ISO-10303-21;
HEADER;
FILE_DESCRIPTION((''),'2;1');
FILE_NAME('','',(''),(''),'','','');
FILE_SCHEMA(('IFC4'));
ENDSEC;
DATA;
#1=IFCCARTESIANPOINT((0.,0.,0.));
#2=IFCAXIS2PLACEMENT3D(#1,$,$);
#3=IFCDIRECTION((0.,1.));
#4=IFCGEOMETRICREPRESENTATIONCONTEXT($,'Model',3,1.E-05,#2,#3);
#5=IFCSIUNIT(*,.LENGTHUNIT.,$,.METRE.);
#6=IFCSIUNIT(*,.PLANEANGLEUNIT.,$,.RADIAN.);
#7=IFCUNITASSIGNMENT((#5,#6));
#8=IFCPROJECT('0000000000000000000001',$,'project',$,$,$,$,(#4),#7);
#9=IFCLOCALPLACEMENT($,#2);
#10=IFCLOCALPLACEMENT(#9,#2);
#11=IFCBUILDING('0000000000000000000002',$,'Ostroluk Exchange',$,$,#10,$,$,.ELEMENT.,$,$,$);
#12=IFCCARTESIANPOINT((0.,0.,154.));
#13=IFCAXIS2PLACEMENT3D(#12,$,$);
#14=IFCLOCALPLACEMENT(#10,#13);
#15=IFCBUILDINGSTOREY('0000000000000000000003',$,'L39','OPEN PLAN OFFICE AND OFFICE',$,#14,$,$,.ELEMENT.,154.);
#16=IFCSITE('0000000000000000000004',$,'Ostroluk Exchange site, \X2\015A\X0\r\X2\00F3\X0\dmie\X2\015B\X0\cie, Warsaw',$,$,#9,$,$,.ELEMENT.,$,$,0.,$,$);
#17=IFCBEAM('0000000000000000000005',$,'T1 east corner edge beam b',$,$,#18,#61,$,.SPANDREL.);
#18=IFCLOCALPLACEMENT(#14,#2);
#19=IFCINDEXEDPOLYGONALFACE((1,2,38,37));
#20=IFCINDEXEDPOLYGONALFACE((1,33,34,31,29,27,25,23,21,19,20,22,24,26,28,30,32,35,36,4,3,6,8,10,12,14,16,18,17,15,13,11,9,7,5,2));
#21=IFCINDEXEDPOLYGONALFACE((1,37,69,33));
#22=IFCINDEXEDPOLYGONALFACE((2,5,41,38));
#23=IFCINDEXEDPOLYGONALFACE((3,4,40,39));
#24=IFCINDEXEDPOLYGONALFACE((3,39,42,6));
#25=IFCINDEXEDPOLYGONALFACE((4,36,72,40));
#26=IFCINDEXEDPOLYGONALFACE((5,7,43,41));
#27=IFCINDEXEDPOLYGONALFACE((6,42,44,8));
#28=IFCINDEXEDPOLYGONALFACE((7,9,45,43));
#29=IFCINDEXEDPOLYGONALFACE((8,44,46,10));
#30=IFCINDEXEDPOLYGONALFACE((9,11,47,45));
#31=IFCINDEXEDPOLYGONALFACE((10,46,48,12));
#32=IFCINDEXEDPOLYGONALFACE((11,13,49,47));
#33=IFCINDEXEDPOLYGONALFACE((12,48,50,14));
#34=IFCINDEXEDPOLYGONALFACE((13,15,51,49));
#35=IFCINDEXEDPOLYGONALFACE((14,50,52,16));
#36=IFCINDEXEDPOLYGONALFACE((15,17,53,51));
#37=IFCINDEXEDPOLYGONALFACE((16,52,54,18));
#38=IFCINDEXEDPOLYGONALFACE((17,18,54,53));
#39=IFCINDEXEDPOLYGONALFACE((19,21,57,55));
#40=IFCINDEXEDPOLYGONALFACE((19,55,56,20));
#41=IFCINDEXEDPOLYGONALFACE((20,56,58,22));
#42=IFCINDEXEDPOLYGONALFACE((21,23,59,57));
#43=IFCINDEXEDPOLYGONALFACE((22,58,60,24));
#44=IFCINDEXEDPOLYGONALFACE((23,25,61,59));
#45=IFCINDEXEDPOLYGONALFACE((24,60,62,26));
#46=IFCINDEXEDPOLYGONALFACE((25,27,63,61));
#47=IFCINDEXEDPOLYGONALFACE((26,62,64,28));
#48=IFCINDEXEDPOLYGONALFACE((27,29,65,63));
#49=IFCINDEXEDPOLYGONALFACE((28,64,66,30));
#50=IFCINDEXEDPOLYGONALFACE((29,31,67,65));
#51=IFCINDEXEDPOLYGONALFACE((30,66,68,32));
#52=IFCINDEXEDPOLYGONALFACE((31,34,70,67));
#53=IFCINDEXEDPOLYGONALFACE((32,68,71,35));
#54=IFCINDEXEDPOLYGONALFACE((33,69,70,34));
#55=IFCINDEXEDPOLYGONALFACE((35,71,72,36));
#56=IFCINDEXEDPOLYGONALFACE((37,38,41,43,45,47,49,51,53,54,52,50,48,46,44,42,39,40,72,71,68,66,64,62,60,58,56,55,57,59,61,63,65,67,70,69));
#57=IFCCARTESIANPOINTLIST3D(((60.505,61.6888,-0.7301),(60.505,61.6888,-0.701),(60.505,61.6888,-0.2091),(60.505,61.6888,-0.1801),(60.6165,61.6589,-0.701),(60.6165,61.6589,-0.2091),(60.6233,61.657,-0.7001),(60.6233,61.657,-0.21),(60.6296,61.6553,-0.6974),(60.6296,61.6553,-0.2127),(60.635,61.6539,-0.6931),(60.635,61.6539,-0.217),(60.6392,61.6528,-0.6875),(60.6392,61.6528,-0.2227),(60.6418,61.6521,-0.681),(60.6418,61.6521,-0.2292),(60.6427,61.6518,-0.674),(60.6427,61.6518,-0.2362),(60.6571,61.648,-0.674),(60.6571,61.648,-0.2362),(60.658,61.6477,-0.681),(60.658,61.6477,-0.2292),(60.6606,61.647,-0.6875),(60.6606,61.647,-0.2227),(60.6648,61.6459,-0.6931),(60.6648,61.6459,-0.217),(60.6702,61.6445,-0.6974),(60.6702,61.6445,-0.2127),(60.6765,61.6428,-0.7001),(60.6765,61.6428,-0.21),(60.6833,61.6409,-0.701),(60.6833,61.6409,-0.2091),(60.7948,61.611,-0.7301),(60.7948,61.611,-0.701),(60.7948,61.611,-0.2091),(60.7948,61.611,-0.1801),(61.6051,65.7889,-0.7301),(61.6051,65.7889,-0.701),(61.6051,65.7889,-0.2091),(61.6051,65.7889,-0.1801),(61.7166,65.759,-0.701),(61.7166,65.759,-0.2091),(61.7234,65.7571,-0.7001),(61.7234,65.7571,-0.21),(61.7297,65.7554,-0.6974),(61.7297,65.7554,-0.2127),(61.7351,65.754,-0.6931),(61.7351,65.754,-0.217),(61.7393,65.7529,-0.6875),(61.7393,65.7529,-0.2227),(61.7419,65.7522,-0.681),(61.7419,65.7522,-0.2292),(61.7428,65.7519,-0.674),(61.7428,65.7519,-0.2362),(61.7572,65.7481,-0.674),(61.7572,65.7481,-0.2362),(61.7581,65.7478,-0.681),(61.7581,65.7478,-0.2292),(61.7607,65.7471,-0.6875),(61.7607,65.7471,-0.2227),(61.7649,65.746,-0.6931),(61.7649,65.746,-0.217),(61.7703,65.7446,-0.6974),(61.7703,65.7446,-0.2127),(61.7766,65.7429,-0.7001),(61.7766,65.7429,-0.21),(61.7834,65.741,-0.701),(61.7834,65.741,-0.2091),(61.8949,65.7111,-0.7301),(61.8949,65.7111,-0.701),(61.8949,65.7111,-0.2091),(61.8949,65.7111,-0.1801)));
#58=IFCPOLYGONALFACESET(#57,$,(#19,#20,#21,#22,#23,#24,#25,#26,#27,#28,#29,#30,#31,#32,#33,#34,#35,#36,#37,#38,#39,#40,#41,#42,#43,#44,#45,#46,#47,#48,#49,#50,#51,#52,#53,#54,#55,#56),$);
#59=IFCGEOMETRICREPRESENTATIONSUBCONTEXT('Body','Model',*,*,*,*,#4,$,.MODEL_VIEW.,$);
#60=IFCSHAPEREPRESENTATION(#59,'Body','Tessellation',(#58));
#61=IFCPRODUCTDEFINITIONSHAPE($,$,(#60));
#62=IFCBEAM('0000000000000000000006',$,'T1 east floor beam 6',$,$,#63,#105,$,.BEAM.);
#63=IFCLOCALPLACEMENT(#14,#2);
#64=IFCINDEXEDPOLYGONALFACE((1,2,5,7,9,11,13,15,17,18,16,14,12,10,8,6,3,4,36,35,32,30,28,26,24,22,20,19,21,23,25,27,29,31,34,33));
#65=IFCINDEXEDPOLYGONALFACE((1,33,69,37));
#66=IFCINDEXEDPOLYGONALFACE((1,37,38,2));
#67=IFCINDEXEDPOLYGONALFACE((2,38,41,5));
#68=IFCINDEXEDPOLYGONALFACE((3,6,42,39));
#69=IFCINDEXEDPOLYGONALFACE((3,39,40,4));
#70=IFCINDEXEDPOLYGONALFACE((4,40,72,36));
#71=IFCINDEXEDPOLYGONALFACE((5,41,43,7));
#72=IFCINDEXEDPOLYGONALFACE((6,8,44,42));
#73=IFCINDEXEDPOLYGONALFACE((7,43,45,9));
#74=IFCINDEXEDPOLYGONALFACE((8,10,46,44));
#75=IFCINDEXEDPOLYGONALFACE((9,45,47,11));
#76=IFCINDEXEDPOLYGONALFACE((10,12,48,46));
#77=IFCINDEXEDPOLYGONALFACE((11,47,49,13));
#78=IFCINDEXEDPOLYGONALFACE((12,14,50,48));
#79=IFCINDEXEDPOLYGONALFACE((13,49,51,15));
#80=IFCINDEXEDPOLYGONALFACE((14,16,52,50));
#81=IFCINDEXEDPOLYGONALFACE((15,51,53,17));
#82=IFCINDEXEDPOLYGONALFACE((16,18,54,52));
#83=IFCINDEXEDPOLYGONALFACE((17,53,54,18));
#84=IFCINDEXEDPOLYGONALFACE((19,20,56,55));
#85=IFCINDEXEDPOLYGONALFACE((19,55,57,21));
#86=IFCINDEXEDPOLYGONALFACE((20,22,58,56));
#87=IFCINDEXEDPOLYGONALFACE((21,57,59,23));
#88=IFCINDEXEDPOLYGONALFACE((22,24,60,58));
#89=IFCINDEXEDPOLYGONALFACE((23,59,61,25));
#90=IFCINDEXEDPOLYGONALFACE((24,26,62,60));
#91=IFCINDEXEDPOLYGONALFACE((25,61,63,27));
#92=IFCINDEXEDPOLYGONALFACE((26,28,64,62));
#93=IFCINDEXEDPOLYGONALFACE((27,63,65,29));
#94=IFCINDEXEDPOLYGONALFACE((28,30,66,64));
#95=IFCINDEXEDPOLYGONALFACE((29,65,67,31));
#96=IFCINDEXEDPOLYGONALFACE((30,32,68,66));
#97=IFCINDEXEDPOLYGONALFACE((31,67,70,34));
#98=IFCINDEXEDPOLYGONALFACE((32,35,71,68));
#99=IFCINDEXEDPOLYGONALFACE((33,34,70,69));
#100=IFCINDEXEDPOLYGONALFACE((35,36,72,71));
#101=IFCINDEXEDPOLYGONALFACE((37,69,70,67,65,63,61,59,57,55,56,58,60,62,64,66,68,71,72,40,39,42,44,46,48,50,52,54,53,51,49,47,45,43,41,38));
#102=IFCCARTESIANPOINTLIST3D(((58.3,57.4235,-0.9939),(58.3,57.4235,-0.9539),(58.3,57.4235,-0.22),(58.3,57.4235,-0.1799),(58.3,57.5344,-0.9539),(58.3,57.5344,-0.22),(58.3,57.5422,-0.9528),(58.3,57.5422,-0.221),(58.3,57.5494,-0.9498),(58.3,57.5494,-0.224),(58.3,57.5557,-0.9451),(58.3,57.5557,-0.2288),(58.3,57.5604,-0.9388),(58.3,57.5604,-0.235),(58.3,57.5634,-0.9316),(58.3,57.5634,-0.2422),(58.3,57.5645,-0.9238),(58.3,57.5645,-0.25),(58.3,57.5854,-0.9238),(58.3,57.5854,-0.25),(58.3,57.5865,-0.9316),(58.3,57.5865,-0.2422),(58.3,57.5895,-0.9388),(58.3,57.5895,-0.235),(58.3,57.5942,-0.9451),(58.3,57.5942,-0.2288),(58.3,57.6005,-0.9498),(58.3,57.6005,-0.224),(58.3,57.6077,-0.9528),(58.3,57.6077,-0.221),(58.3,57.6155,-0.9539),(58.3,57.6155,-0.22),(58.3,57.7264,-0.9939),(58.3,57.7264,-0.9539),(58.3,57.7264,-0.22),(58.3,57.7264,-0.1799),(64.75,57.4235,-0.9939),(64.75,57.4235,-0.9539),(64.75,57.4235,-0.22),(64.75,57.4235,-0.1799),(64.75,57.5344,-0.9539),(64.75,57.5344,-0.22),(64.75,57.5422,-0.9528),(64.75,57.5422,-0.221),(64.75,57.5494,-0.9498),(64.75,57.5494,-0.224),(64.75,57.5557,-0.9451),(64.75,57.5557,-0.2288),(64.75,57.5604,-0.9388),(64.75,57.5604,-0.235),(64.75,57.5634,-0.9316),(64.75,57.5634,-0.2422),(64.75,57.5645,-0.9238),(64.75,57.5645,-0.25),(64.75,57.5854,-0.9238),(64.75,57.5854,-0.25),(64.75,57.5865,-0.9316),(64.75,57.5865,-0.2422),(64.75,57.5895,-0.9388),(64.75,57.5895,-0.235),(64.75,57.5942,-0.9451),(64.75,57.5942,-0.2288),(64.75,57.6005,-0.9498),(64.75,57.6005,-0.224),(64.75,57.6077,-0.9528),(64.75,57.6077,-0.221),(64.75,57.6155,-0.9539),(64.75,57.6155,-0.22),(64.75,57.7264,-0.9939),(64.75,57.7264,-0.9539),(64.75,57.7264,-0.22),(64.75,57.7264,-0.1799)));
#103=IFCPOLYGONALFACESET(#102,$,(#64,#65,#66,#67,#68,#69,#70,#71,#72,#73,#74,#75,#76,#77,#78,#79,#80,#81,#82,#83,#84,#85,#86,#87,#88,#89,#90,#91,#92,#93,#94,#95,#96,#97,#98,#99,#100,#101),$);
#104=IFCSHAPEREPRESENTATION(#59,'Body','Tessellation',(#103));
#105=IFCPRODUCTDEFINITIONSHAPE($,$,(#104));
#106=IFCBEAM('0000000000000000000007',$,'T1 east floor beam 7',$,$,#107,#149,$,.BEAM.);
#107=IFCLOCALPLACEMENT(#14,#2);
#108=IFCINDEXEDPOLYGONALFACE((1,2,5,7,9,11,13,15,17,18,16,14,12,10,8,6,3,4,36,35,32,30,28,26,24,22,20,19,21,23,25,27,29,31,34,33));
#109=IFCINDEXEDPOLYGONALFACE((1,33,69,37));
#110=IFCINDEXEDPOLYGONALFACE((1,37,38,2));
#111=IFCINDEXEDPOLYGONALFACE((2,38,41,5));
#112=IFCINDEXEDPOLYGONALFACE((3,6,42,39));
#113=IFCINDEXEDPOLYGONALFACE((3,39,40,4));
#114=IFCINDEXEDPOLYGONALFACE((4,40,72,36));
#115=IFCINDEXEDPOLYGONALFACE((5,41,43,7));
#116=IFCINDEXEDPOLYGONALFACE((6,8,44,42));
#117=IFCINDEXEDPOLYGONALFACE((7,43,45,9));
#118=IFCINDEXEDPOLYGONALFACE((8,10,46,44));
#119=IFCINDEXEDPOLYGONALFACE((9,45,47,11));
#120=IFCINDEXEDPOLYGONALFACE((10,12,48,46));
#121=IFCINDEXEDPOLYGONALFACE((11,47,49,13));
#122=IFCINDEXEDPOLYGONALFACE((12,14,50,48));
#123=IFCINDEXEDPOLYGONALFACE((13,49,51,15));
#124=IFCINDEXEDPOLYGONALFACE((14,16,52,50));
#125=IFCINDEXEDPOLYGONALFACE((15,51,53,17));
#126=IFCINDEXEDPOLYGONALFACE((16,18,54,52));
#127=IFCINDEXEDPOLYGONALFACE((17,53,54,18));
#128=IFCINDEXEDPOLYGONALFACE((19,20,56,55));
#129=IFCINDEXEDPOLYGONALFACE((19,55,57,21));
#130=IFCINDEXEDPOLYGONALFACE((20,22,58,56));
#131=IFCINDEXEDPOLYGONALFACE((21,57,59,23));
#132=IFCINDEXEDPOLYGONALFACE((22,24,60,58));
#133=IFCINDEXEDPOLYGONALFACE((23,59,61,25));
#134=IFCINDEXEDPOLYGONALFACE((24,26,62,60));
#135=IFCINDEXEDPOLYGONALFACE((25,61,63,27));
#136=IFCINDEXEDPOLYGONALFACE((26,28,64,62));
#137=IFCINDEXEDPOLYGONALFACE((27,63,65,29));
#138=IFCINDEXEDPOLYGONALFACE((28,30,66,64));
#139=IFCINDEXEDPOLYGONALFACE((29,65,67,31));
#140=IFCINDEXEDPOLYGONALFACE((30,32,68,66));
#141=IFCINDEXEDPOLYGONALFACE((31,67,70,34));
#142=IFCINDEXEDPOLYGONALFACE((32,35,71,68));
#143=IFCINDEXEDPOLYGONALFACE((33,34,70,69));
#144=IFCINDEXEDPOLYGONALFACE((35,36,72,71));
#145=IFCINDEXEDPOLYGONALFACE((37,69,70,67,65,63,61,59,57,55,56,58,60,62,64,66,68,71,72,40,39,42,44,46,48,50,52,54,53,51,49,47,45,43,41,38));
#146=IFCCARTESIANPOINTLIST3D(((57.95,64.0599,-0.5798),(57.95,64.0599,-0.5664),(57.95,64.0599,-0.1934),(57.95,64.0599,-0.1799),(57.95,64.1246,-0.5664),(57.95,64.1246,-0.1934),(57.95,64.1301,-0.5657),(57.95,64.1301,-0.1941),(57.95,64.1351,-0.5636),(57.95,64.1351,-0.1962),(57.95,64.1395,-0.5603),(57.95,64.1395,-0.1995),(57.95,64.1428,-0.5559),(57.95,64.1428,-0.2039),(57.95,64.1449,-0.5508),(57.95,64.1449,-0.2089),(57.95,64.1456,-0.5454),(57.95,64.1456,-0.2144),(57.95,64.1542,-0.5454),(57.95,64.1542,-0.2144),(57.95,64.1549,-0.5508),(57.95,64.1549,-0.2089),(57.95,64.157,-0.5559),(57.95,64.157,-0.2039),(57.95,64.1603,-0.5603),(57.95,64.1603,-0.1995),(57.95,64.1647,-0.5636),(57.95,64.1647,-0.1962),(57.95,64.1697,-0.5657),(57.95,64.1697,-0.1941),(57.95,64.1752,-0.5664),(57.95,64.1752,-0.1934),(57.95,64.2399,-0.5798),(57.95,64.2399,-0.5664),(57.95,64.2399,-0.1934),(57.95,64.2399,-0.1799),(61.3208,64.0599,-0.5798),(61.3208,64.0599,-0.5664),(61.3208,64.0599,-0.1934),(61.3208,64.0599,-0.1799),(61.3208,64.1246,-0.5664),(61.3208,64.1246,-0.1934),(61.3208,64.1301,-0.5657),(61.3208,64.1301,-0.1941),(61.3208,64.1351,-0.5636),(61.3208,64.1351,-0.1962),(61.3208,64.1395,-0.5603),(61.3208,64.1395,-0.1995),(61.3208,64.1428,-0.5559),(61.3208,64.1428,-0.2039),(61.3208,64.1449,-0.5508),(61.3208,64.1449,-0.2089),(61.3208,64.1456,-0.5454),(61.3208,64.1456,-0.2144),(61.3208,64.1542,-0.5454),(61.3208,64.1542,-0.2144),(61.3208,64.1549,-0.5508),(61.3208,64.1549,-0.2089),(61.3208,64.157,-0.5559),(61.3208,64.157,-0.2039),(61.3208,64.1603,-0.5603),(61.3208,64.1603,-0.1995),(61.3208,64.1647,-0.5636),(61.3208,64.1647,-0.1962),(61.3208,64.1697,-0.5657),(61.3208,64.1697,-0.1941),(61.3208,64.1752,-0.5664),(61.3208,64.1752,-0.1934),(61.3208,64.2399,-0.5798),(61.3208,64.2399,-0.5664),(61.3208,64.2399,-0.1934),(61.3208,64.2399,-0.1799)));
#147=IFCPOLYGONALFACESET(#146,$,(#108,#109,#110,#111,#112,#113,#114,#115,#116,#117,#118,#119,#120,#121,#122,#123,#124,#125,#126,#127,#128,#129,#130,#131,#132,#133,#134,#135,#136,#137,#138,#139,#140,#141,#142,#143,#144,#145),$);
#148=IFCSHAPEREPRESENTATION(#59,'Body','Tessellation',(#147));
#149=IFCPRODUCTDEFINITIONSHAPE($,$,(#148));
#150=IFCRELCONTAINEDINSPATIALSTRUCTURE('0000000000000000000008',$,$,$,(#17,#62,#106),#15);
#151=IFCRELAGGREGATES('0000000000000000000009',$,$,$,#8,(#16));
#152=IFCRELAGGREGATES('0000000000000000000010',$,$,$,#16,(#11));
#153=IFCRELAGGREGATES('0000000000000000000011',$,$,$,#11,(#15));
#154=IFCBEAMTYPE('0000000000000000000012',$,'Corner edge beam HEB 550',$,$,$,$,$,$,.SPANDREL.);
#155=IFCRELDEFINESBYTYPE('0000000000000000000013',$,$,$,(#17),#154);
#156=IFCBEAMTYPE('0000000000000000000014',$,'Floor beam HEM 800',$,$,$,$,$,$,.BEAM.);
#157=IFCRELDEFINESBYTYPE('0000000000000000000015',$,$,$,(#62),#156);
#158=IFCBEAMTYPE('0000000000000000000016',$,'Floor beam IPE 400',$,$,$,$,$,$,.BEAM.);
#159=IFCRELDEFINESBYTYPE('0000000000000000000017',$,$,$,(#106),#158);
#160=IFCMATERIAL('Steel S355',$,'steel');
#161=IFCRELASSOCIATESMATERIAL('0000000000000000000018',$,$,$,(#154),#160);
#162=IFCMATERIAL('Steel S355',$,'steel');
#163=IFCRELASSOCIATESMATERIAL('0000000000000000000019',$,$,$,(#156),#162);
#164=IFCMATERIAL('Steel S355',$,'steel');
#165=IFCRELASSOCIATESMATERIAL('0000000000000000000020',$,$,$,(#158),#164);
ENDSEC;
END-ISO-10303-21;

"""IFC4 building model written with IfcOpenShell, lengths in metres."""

from ifc_helpers import new_model, si_unit, direction, frame, origin, origin_2d, place, context, subcontext, project, spatial, i_section, extrude, material, material_profile, profile_set, type_object, element, save


model = new_model("IFC4")

# Units and contexts
model_context = context("Model", 3, precision=1e-05, world=origin(), true_north=direction((0.0, 1.0)))
body_context = subcontext(model_context, "Body", "Model", "MODEL_VIEW")
ifc_project = project(units=[si_unit("LENGTHUNIT", "METRE"), si_unit("PLANEANGLEUNIT", "RADIAN")], contexts=[model_context])

# Site, building, storey
site_placement = place(None, origin())
site = spatial("IfcSite", under=ifc_project, at=site_placement, Name="Ostroluk Exchange site, Śródmieście, Warsaw", CompositionType="ELEMENT", RefElevation=0.0)
building_placement = place(site_placement, origin())
building = spatial("IfcBuilding", under=site, at=building_placement, Name="Ostroluk Exchange", CompositionType="ELEMENT")
storey_placement = place(building_placement, frame((0.0, 0.0, 154.0)))
storey = spatial("IfcBuildingStorey", under=building, at=storey_placement, Name="L39", Description="OPEN PLAN OFFICE AND OFFICE", CompositionType="ELEMENT", Elevation=154.0)

# Beams
ifc_material_1 = material(Name="Steel S355", Category="steel")
ifc_material_profile_1 = material_profile(ifc_material_1, i_section(OverallWidth=0.3, OverallDepth=0.55, WebThickness=0.0149, FlangeThickness=0.0291, FilletRadius=0.0271, at=origin_2d()), Name="HEB 550")
ifc_profile_set_1 = profile_set([ifc_material_profile_1], Name="Steel S355")
beam_type_1 = type_object("IfcBeamType", Name="Corner edge beam HEB 550", PredefinedType="SPANDREL", material=ifc_profile_set_1)
for number, where, z_axis, x_axis, name in (
    (1, (60.6499, 61.6499, -0.4551), (0.259144, 0.965839, 0.0), (-0.965839, 0.259144, 0.0), "T1 east corner edge beam b"),
):
    element("IfcBeam", number, at=place(storey_placement, frame(where, z_axis=z_axis, x_axis=x_axis)), inside=storey, type_object=beam_type_1, Name=name, PredefinedType="SPANDREL", context=body_context, shape_type="SweptSolid", body=[
        extrude(i_section(OverallWidth=0.3, OverallDepth=0.55, WebThickness=0.0149, FlangeThickness=0.0291, FilletRadius=0.0271, at=origin_2d()), origin(), (0.0, 0.0, 1.0), 4.2451),
    ])
ifc_material_2 = material(Name="Steel S355", Category="steel")
ifc_material_profile_2 = material_profile(ifc_material_2, i_section(OverallWidth=0.303, OverallDepth=0.814, WebThickness=0.021, FlangeThickness=0.04, FilletRadius=0.03, at=origin_2d()), Name="HEM 800")
ifc_profile_set_2 = profile_set([ifc_material_profile_2], Name="Steel S355")
beam_type_2 = type_object("IfcBeamType", Name="Floor beam HEM 800", PredefinedType="BEAM", material=ifc_profile_set_2)
beam_1_placement = place(storey_placement, frame((58.3, 57.575, -0.5869), z_axis=(1.0, 0.0, 0.0), x_axis=(0.0, 1.0, 0.0)))
element("IfcBeam", 2, at=beam_1_placement, inside=storey, type_object=beam_type_2, Name="T1 east floor beam 6", PredefinedType="BEAM", context=body_context, shape_type="SweptSolid", body=[
    extrude(i_section(OverallWidth=0.303, OverallDepth=0.814, WebThickness=0.021, FlangeThickness=0.04, FilletRadius=0.03, at=origin_2d()), origin(), (0.0, 0.0, 1.0), 6.45),
])
ifc_material_3 = material(Name="Steel S355", Category="steel")
ifc_material_profile_3 = material_profile(ifc_material_3, i_section(OverallWidth=0.1799, OverallDepth=0.3999, WebThickness=0.0085, FlangeThickness=0.0134, FilletRadius=0.021, at=origin_2d()), Name="IPE 400")
ifc_profile_set_3 = profile_set([ifc_material_profile_3], Name="Steel S355")
beam_type_3 = type_object("IfcBeamType", Name="Floor beam IPE 400", PredefinedType="BEAM", material=ifc_profile_set_3)
beam_2_placement = place(storey_placement, frame((57.95, 64.1499, -0.3799), z_axis=(1.0, 0.0, 0.0), x_axis=(0.0, 1.0, 0.0)))
element("IfcBeam", 3, at=beam_2_placement, inside=storey, type_object=beam_type_3, Name="T1 east floor beam 7", PredefinedType="BEAM", context=body_context, shape_type="SweptSolid", body=[
    extrude(i_section(OverallWidth=0.1799, OverallDepth=0.3999, WebThickness=0.0085, FlangeThickness=0.0134, FilletRadius=0.021, at=origin_2d()), origin(), (0.0, 0.0, 1.0), 3.3708),
])

save(model, "model.ifc")
